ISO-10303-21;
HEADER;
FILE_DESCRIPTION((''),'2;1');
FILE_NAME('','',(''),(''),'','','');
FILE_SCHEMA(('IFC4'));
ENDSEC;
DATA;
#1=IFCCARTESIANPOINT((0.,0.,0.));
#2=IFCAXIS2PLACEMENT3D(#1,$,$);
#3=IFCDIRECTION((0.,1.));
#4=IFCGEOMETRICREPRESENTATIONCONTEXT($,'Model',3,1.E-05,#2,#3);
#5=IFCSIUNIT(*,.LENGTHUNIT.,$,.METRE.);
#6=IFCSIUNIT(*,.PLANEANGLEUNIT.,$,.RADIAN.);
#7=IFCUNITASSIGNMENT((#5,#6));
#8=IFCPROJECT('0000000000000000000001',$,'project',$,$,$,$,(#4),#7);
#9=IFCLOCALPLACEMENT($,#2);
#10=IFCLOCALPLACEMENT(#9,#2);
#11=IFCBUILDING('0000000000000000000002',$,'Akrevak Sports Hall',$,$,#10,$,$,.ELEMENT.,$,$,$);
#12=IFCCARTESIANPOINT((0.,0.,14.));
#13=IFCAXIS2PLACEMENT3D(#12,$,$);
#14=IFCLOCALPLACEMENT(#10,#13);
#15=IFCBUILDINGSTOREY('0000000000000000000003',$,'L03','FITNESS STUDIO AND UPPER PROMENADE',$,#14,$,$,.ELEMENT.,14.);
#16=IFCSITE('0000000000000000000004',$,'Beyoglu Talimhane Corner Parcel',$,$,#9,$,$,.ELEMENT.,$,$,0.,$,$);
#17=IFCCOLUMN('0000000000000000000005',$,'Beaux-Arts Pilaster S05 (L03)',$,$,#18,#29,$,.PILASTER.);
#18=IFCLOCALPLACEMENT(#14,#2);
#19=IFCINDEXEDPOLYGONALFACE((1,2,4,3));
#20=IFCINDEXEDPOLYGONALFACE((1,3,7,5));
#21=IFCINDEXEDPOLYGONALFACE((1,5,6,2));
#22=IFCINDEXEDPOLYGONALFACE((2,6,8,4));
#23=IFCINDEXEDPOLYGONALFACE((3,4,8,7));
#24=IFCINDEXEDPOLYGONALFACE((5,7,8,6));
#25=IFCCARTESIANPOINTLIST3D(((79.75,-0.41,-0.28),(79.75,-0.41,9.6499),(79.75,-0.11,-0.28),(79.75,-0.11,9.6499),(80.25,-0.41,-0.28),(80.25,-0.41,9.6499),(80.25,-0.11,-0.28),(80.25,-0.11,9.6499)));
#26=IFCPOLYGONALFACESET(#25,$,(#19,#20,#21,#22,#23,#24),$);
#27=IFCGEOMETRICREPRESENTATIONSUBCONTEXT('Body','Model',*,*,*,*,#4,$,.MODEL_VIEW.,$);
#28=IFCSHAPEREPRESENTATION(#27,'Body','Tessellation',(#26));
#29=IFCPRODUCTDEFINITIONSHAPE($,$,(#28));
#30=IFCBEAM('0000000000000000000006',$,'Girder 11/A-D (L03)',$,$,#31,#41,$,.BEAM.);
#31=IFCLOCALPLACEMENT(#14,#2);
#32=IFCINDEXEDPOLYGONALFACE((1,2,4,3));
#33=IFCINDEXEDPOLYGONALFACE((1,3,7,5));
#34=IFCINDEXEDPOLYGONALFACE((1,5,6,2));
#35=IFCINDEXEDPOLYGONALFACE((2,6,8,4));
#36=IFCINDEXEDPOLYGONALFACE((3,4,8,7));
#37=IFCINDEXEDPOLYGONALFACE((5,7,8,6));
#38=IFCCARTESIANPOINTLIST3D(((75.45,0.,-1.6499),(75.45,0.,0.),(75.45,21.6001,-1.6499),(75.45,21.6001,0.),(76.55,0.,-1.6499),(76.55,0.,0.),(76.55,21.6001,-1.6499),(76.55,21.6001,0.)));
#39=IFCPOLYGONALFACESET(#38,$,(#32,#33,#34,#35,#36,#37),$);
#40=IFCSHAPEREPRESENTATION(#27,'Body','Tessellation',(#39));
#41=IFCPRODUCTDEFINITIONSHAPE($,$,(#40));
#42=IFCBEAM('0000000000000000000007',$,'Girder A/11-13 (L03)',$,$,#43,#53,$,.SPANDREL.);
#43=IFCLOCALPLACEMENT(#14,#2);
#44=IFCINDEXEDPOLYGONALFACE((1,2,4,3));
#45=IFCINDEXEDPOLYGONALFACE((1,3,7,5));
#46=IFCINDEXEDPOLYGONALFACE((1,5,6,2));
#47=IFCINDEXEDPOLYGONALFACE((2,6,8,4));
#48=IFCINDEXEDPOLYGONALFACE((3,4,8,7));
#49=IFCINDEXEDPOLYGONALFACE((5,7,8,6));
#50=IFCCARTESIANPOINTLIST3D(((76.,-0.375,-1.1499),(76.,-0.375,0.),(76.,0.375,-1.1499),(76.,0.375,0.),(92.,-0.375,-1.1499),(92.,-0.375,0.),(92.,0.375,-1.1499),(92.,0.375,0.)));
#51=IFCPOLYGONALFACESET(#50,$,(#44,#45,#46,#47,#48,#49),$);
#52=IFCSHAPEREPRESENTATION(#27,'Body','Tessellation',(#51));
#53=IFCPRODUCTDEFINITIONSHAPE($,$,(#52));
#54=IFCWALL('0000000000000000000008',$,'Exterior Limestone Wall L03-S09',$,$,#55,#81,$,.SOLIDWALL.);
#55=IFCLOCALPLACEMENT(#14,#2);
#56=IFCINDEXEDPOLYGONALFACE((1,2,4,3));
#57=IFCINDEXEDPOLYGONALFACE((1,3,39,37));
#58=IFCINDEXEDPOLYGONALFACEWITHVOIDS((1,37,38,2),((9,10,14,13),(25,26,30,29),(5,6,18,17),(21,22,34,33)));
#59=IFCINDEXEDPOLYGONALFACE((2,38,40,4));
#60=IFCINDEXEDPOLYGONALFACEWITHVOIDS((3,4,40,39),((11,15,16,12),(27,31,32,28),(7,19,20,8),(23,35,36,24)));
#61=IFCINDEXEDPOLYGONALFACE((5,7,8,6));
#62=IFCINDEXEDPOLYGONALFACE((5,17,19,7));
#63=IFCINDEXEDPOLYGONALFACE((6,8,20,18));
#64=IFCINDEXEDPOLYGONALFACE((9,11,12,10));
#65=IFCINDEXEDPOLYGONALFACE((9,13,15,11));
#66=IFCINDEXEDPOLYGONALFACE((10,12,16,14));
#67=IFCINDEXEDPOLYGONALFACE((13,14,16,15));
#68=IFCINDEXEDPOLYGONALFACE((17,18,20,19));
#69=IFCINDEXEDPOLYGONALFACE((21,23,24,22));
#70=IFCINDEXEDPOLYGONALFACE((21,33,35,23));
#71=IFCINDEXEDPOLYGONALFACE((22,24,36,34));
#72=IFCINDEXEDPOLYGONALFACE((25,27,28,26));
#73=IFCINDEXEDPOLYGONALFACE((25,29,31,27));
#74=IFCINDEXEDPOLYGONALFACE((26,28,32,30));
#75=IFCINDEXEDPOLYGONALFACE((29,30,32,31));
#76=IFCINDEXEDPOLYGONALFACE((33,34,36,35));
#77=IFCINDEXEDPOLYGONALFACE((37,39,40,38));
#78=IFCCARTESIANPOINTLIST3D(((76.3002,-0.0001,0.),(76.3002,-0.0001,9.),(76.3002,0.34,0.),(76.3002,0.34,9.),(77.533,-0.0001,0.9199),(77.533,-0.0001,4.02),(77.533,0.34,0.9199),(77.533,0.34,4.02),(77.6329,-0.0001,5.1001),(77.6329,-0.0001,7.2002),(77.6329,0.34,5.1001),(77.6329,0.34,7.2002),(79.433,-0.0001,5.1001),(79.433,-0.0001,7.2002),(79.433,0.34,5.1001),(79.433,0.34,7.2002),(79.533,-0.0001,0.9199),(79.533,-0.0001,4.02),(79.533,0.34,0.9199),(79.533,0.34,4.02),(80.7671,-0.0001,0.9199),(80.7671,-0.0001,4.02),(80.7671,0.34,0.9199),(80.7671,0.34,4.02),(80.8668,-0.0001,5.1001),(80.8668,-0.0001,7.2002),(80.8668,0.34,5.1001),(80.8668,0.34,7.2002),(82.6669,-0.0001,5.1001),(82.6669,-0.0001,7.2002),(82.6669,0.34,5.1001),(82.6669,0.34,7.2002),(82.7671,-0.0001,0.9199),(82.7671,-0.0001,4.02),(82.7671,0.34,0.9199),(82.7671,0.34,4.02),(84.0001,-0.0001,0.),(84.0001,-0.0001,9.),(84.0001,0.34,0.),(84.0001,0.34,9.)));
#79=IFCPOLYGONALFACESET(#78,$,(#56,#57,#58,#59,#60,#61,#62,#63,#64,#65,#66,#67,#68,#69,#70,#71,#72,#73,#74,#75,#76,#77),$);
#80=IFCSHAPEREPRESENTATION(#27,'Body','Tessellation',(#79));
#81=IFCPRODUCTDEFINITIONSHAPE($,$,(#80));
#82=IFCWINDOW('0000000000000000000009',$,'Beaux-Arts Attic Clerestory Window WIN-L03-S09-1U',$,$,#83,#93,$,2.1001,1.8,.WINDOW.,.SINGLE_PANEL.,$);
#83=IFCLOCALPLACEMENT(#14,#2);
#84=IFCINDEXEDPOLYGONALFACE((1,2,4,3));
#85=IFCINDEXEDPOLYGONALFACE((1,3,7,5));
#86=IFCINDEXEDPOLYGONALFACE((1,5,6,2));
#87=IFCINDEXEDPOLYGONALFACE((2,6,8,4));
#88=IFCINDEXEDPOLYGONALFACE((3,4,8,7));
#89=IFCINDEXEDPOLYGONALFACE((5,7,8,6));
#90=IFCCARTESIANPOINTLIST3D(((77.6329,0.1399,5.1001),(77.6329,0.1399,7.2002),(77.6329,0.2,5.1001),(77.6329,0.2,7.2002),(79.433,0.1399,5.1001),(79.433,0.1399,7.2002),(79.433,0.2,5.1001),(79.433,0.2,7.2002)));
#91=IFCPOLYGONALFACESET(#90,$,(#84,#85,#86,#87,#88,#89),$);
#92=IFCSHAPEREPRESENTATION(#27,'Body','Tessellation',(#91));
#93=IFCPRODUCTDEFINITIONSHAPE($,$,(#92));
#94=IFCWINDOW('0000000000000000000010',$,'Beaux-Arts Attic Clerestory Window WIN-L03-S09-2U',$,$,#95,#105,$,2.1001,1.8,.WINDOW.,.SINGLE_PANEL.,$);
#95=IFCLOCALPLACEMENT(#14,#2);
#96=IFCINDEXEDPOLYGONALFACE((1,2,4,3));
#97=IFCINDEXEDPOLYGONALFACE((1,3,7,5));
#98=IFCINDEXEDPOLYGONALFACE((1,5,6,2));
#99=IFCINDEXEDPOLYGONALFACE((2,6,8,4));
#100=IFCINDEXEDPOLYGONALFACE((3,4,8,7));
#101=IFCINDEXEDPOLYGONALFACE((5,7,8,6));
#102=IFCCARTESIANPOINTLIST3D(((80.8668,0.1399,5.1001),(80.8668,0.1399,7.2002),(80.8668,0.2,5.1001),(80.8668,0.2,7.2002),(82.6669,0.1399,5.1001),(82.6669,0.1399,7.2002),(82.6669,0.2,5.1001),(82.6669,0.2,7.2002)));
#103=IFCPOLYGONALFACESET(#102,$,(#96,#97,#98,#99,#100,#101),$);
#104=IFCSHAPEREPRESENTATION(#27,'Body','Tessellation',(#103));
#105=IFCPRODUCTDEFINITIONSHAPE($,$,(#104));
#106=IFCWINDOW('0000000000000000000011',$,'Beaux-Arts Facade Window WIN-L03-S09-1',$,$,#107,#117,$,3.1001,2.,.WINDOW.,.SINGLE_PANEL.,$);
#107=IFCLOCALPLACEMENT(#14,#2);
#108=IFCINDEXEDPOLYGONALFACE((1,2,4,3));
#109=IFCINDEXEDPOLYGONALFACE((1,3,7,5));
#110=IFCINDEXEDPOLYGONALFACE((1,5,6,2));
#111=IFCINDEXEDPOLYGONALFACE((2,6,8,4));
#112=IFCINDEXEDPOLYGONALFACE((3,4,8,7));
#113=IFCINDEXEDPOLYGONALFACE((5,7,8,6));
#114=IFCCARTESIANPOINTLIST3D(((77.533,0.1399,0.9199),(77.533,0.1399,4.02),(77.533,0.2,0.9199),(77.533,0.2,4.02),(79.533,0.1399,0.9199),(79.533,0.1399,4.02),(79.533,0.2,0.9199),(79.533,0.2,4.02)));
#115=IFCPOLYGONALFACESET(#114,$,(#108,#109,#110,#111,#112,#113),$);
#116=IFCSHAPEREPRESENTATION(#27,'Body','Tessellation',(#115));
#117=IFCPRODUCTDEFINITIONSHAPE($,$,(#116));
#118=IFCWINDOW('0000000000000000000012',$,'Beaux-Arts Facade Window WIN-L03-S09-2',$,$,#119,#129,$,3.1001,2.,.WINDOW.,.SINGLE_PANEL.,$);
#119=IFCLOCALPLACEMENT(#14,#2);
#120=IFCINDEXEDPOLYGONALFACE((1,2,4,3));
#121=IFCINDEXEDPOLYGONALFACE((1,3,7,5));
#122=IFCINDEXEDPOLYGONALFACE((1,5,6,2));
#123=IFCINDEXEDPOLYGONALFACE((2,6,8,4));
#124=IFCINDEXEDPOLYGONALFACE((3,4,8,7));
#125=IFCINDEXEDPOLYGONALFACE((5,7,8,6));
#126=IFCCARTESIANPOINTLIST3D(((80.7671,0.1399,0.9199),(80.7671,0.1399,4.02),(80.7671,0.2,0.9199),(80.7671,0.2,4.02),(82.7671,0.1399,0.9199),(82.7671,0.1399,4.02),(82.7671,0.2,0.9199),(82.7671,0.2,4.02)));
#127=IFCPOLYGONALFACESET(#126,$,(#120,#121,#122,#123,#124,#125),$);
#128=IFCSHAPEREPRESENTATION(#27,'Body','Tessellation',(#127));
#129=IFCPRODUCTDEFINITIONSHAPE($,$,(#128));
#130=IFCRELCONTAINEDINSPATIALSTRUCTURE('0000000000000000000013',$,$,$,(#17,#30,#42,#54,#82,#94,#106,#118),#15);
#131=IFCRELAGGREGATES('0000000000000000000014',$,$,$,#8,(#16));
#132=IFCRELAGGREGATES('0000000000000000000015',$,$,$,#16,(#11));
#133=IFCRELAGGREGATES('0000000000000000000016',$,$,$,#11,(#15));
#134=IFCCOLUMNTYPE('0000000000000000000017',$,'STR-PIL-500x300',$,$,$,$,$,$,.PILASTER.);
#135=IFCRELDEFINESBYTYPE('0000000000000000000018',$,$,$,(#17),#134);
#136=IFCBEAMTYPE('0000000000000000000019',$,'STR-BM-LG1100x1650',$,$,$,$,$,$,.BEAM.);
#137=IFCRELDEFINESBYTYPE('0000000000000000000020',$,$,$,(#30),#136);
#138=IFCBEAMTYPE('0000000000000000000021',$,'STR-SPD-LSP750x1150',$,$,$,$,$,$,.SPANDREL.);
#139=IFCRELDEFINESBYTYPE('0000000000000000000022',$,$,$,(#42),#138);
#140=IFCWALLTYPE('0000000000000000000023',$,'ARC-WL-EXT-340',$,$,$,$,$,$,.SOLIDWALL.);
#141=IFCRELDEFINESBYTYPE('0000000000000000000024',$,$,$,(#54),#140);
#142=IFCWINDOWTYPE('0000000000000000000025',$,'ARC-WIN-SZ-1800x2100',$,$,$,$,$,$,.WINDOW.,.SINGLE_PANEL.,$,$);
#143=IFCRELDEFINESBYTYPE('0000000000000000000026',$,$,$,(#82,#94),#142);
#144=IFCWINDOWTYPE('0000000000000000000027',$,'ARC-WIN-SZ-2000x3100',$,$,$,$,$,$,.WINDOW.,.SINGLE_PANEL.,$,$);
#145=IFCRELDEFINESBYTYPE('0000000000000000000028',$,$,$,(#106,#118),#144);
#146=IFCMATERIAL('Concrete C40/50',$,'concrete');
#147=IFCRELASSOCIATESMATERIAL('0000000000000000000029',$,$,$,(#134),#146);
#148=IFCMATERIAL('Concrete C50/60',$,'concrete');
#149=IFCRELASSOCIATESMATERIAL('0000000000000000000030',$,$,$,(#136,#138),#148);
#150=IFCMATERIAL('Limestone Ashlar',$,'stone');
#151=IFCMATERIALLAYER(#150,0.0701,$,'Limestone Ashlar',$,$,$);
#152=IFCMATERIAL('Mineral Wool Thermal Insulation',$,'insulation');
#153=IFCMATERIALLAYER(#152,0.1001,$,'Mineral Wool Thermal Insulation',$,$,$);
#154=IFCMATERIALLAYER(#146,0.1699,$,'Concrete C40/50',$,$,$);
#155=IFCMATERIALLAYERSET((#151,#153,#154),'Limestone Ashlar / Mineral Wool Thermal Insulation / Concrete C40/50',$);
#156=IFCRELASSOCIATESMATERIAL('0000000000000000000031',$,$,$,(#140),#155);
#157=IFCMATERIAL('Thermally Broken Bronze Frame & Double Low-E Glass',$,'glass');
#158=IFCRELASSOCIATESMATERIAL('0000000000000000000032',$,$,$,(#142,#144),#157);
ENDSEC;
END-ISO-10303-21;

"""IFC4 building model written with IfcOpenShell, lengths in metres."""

from ifc_helpers import new_model, si_unit, direction, frame, frame_2d, origin, origin_2d, place, context, subcontext, project, spatial, rectangle, extrude, material, layer, layer_set, material_profile, profile_set, type_object, element, fill, save


model = new_model("IFC4")

# Units and contexts
model_context = context("Model", 3, precision=1e-05, world=origin(), true_north=direction((0.0, 1.0)))
body_context = subcontext(model_context, "Body", "Model", "MODEL_VIEW")
ifc_project = project(units=[si_unit("LENGTHUNIT", "METRE"), si_unit("PLANEANGLEUNIT", "RADIAN")], contexts=[model_context])

# Site, building, storey
site_placement = place(None, origin())
site = spatial("IfcSite", under=ifc_project, at=site_placement, Name="Beyoglu Talimhane Corner Parcel", CompositionType="ELEMENT", RefElevation=0.0)
building_placement = place(site_placement, origin())
building = spatial("IfcBuilding", under=site, at=building_placement, Name="Akrevak Sports Hall", CompositionType="ELEMENT")
storey_placement = place(building_placement, frame((0.0, 0.0, 14.0)))
storey = spatial("IfcBuildingStorey", under=building, at=storey_placement, Name="L03", Description="FITNESS STUDIO AND UPPER PROMENADE", CompositionType="ELEMENT", Elevation=14.0)

# Column
ifc_material_1 = material(Name="Concrete C40/50", Category="concrete")
ifc_material_profile_1 = material_profile(ifc_material_1, rectangle(XDim=0.5, YDim=0.3, at=origin_2d()), Name="PIL 500x300", Category="concrete")
ifc_profile_set_1 = profile_set([ifc_material_profile_1], Name="Concrete C40/50")
column_type = type_object("IfcColumnType", Name="STR-PIL-500x300", PredefinedType="PILASTER", material=ifc_profile_set_1)
column_placement = place(storey_placement, frame((80.0, -0.26, -0.28), z_axis=(0.0, 0.0, 1.0), x_axis=(1.0, 0.0, 0.0)))
element("IfcColumn", 1, at=column_placement, inside=storey, type_object=column_type, Name="Beaux-Arts Pilaster S05 (L03)", PredefinedType="PILASTER", context=body_context, shape_type="SweptSolid", body=[
    extrude(rectangle(XDim=0.5, YDim=0.3, at=origin_2d()), origin(), (0.0, 0.0, 1.0), 9.9299),
])

# Beams
ifc_material_2 = material(Name="Concrete C50/60", Category="concrete")
ifc_material_profile_2 = material_profile(ifc_material_2, rectangle(XDim=1.1001, YDim=1.6499, at=origin_2d()), Name="BM 1100x1650", Category="concrete")
ifc_profile_set_2 = profile_set([ifc_material_profile_2], Name="Concrete C50/60")
beam_type_1 = type_object("IfcBeamType", Name="STR-BM-LG1100x1650", PredefinedType="BEAM", material=ifc_profile_set_2)
beam_1_placement = place(storey_placement, frame((76.0, 0.0, -0.825), z_axis=(0.0, 1.0, 0.0), x_axis=(-1.0, 0.0, 0.0)))
element("IfcBeam", 2, at=beam_1_placement, inside=storey, type_object=beam_type_1, Name="Girder 11/A-D (L03)", PredefinedType="BEAM", context=body_context, shape_type="SweptSolid", body=[
    extrude(rectangle(XDim=1.1001, YDim=1.6499, at=origin_2d()), origin(), (0.0, 0.0, 1.0), 21.6001),
])
ifc_material_profile_3 = material_profile(ifc_material_2, rectangle(XDim=0.75, YDim=1.1499, at=origin_2d()), Name="SPD 750x1150", Category="concrete")
ifc_profile_set_3 = profile_set([ifc_material_profile_3], Name="Concrete C50/60")
beam_type_2 = type_object("IfcBeamType", Name="STR-SPD-LSP750x1150", PredefinedType="SPANDREL", material=ifc_profile_set_3)
beam_2_placement = place(storey_placement, frame((76.0, 0.0, -0.575), z_axis=(1.0, 0.0, 0.0), x_axis=(0.0, 1.0, 0.0)))
element("IfcBeam", 3, at=beam_2_placement, inside=storey, type_object=beam_type_2, Name="Girder A/11-13 (L03)", PredefinedType="SPANDREL", context=body_context, shape_type="SweptSolid", body=[
    extrude(rectangle(XDim=0.75, YDim=1.1499, at=origin_2d()), origin(), (0.0, 0.0, 1.0), 16.0),
])

# Wall, openings, windows
ifc_material_3 = material(Name="Limestone Ashlar", Category="stone")
ifc_layer_1 = layer(ifc_material_3, 0.0701, Name="Limestone Ashlar")
ifc_material_4 = material(Name="Mineral Wool Thermal Insulation", Category="insulation")
ifc_layer_2 = layer(ifc_material_4, 0.1001, Name="Mineral Wool Thermal Insulation")
ifc_layer_3 = layer(ifc_material_1, 0.1699, Name="Concrete C40/50")
ifc_layer_set_1 = layer_set([ifc_layer_1, ifc_layer_2, ifc_layer_3], Name="Limestone Ashlar / Mineral Wool Thermal Insulation / Concrete C40/50")
wall_type_1 = type_object("IfcWallType", Name="ARC-WL-EXT-340", PredefinedType="SOLIDWALL", material=ifc_layer_set_1)
wall_1_placement = place(storey_placement, frame((76.3, 0.1699, 0.0), z_axis=(0.0, 0.0, 1.0), x_axis=(1.0, 0.0, 0.0)))
wall_1 = element("IfcWall", 4, at=wall_1_placement, inside=storey, type_object=wall_type_1, Name="Exterior Limestone Wall L03-S09", PredefinedType="SOLIDWALL", context=body_context, shape_type="SweptSolid", body=[
    extrude(rectangle(XDim=7.7, YDim=0.3401, at=frame_2d((3.8501, 0.0))), origin(), (0.0, 0.0, 1.0), 9.0),
])
opening_1_placement = place(wall_1_placement, frame((1.2329, 0.0, 0.9199)))
opening_1 = element("IfcOpeningElement", 5, at=opening_1_placement, cuts=wall_1, PredefinedType="OPENING", context=body_context, shape_type="SweptSolid", body=[
    extrude(rectangle(XDim=2.0, YDim=3.1001, at=frame_2d((1.0, 1.55))), frame((0.0, 0.1821, 0.0), z_axis=(0.0, -1.0, 0.0), x_axis=(1.0, 0.0, 0.0)), (0.0, 0.0, 1.0), 0.364),
])
opening_2_placement = place(wall_1_placement, frame((1.333, 0.0, 5.1001)))
opening_2 = element("IfcOpeningElement", 6, at=opening_2_placement, cuts=wall_1, PredefinedType="OPENING", context=body_context, shape_type="SweptSolid", body=[
    extrude(rectangle(XDim=1.8, YDim=2.1001, at=frame_2d((0.8999, 1.05))), frame((0.0, 0.1821, 0.0), z_axis=(0.0, -1.0, 0.0), x_axis=(1.0, 0.0, 0.0)), (0.0, 0.0, 1.0), 0.364),
])
opening_3_placement = place(wall_1_placement, frame((4.467, 0.0, 0.9199)))
opening_3 = element("IfcOpeningElement", 7, at=opening_3_placement, cuts=wall_1, PredefinedType="OPENING", context=body_context, shape_type="SweptSolid", body=[
    extrude(rectangle(XDim=2.0, YDim=3.1001, at=frame_2d((1.0, 1.55))), frame((0.0, 0.1821, 0.0), z_axis=(0.0, -1.0, 0.0), x_axis=(1.0, 0.0, 0.0)), (0.0, 0.0, 1.0), 0.364),
])
opening_4_placement = place(wall_1_placement, frame((4.5669, 0.0, 5.1001)))
opening_4 = element("IfcOpeningElement", 8, at=opening_4_placement, cuts=wall_1, PredefinedType="OPENING", context=body_context, shape_type="SweptSolid", body=[
    extrude(rectangle(XDim=1.8, YDim=2.1001, at=frame_2d((0.8999, 1.05))), frame((0.0, 0.1821, 0.0), z_axis=(0.0, -1.0, 0.0), x_axis=(1.0, 0.0, 0.0)), (0.0, 0.0, 1.0), 0.364),
])
ifc_material_5 = material(Name="Thermally Broken Bronze Frame & Double Low-E Glass", Category="glass")
window_type_1 = type_object("IfcWindowType", Name="ARC-WIN-SZ-1800x2100", PartitioningType="SINGLE_PANEL", PredefinedType="WINDOW", material=ifc_material_5)
window_1_placement = place(opening_2_placement, origin())
window_1 = element("IfcWindow", 9, at=window_1_placement, inside=storey, type_object=window_type_1, Name="Beaux-Arts Attic Clerestory Window WIN-L03-S09-1U", OverallHeight=2.1001, OverallWidth=1.8, PartitioningType="SINGLE_PANEL", PredefinedType="WINDOW", context=body_context, shape_type="SweptSolid", body=[
    extrude(rectangle(XDim=1.8, YDim=2.1001, at=frame_2d((0.8999, 1.05))), frame((0.0, 0.03, 0.0), z_axis=(0.0, -1.0, 0.0), x_axis=(1.0, 0.0, 0.0)), (0.0, 0.0, 1.0), 0.0601),
])
fill(opening_2, window_1)
window_2_placement = place(opening_4_placement, origin())
window_2 = element("IfcWindow", 10, at=window_2_placement, inside=storey, type_object=window_type_1, Name="Beaux-Arts Attic Clerestory Window WIN-L03-S09-2U", OverallHeight=2.1001, OverallWidth=1.8, PartitioningType="SINGLE_PANEL", PredefinedType="WINDOW", context=body_context, shape_type="SweptSolid", body=[
    extrude(rectangle(XDim=1.8, YDim=2.1001, at=frame_2d((0.8999, 1.05))), frame((0.0, 0.03, 0.0), z_axis=(0.0, -1.0, 0.0), x_axis=(1.0, 0.0, 0.0)), (0.0, 0.0, 1.0), 0.0601),
])
fill(opening_4, window_2)
window_type_2 = type_object("IfcWindowType", Name="ARC-WIN-SZ-2000x3100", PartitioningType="SINGLE_PANEL", PredefinedType="WINDOW", material=ifc_material_5)
window_3_placement = place(opening_1_placement, origin())
window_3 = element("IfcWindow", 11, at=window_3_placement, inside=storey, type_object=window_type_2, Name="Beaux-Arts Facade Window WIN-L03-S09-1", OverallHeight=3.1001, OverallWidth=2.0, PartitioningType="SINGLE_PANEL", PredefinedType="WINDOW", context=body_context, shape_type="SweptSolid", body=[
    extrude(rectangle(XDim=2.0, YDim=3.1001, at=frame_2d((1.0, 1.55))), frame((0.0, 0.03, 0.0), z_axis=(0.0, -1.0, 0.0), x_axis=(1.0, 0.0, 0.0)), (0.0, 0.0, 1.0), 0.0601),
])
fill(opening_1, window_3)
window_4_placement = place(opening_3_placement, origin())
window_4 = element("IfcWindow", 12, at=window_4_placement, inside=storey, type_object=window_type_2, Name="Beaux-Arts Facade Window WIN-L03-S09-2", OverallHeight=3.1001, OverallWidth=2.0, PartitioningType="SINGLE_PANEL", PredefinedType="WINDOW", context=body_context, shape_type="SweptSolid", body=[
    extrude(rectangle(XDim=2.0, YDim=3.1001, at=frame_2d((1.0, 1.55))), frame((0.0, 0.03, 0.0), z_axis=(0.0, -1.0, 0.0), x_axis=(1.0, 0.0, 0.0)), (0.0, 0.0, 1.0), 0.0601),
])
fill(opening_3, window_4)

save(model, "model.ifc")
